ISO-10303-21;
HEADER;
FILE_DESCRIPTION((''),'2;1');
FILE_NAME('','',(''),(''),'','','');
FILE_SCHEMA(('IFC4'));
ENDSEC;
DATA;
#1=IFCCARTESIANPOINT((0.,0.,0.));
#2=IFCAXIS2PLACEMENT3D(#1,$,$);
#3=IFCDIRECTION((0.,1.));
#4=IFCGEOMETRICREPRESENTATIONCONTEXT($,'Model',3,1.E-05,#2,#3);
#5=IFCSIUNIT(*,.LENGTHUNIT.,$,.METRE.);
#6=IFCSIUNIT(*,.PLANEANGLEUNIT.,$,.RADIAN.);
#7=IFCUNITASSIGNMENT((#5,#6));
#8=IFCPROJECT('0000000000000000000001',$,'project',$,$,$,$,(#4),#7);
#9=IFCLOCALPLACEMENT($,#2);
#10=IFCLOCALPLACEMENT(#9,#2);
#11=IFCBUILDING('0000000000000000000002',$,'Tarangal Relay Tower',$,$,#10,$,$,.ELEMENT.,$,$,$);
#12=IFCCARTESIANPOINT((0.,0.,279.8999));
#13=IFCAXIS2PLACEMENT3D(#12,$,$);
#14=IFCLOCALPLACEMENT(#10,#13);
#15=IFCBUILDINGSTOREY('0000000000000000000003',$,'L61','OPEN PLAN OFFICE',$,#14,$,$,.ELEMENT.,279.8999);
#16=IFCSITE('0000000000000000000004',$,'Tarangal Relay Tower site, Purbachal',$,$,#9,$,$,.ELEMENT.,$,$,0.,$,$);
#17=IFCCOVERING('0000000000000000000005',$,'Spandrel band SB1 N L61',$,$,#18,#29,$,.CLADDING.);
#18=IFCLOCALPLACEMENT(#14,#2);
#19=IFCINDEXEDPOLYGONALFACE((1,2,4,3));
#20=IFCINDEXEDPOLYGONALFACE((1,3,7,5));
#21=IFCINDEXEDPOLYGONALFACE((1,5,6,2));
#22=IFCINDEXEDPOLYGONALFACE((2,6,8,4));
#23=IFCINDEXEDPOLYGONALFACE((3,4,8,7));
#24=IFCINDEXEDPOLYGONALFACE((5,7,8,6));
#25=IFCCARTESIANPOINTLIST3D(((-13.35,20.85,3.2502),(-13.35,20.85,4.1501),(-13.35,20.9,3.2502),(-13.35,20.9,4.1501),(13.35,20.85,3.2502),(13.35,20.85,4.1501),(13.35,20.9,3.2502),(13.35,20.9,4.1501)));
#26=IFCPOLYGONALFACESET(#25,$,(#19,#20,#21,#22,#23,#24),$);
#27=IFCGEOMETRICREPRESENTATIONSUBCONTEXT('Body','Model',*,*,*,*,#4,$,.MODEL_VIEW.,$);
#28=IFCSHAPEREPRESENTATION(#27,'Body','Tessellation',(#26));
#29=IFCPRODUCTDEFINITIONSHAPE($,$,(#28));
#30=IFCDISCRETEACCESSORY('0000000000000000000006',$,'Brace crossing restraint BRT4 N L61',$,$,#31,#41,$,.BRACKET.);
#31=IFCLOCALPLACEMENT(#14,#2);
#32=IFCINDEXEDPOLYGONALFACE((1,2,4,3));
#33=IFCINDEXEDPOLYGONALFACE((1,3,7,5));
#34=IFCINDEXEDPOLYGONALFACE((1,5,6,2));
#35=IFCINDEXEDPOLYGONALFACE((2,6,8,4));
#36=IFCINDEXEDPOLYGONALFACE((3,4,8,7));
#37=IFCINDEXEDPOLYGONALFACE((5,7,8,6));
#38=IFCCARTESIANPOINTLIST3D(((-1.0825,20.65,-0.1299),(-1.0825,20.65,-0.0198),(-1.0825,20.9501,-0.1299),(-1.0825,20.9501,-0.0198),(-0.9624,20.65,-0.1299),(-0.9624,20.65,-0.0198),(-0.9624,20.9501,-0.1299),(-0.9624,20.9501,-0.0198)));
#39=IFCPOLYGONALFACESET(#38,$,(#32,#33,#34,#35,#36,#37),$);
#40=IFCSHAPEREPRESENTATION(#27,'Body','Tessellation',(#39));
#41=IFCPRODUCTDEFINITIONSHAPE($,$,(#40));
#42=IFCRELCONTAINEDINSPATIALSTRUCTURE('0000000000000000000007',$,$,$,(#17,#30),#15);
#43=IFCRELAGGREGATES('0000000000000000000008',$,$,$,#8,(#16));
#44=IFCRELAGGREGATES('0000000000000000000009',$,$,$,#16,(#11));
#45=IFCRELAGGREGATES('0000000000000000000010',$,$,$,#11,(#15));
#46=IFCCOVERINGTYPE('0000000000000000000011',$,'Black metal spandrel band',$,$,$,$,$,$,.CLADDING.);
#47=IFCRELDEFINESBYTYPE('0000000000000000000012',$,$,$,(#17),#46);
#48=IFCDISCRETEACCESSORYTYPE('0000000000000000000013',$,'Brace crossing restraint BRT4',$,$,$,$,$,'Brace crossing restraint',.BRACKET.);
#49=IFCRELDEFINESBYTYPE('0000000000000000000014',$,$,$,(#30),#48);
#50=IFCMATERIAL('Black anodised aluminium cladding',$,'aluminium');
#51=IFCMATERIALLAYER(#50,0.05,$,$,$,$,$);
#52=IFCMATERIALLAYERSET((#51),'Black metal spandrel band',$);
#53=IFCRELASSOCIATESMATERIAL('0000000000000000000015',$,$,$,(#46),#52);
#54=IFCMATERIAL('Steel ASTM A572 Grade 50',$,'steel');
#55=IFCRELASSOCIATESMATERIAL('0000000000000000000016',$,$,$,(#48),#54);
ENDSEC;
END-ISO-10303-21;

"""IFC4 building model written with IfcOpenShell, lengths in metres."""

from ifc_helpers import new_model, si_unit, direction, frame, origin, origin_2d, place, context, subcontext, project, spatial, rectangle, extrude, material, layer, layer_set, type_object, element, save


model = new_model("IFC4")

# Units and contexts
model_context = context("Model", 3, precision=1e-05, world=origin(), true_north=direction((0.0, 1.0)))
body_context = subcontext(model_context, "Body", "Model", "MODEL_VIEW")
ifc_project = project(units=[si_unit("LENGTHUNIT", "METRE"), si_unit("PLANEANGLEUNIT", "RADIAN")], contexts=[model_context])

# Site, building, storey
site_placement = place(None, origin())
site = spatial("IfcSite", under=ifc_project, at=site_placement, Name="Tarangal Relay Tower site, Purbachal", CompositionType="ELEMENT", RefElevation=0.0)
building_placement = place(site_placement, origin())
building = spatial("IfcBuilding", under=site, at=building_placement, Name="Tarangal Relay Tower", CompositionType="ELEMENT")
storey_placement = place(building_placement, frame((0.0, 0.0, 279.8999)))
storey = spatial("IfcBuildingStorey", under=building, at=storey_placement, Name="L61", Description="OPEN PLAN OFFICE", CompositionType="ELEMENT", Elevation=279.8999)

# Shared definitions
ifc_material_1 = material(Name="Steel ASTM A572 Grade 50", Category="steel")

# Covering
ifc_material_2 = material(Name="Black anodised aluminium cladding", Category="aluminium")
ifc_layer_1 = layer(ifc_material_2, 0.05)
ifc_layer_set_1 = layer_set([ifc_layer_1], Name="Black metal spandrel band")
covering_type = type_object("IfcCoveringType", Name="Black metal spandrel band", PredefinedType="CLADDING", material=ifc_layer_set_1)
covering_placement = place(storey_placement, frame((0.0, 20.875, 3.2502), z_axis=(0.0, 0.0, 1.0), x_axis=(1.0, 0.0, 0.0)))
element("IfcCovering", 1, at=covering_placement, inside=storey, type_object=covering_type, Name="Spandrel band SB1 N L61", PredefinedType="CLADDING", context=body_context, shape_type="SweptSolid", body=[
    extrude(rectangle(XDim=26.7, YDim=0.05, at=origin_2d()), origin(), (0.0, 0.0, 1.0), 0.8999),
])

# Discrete accessory
discrete_accessory_type = type_object("IfcDiscreteAccessoryType", Name="Brace crossing restraint BRT4", ElementType="Brace crossing restraint", PredefinedType="BRACKET", material=ifc_material_1)
discrete_accessory_placement = place(storey_placement, frame((-1.0225, 20.8, -0.1299), z_axis=(0.0, 0.0, 1.0), x_axis=(1.0, 0.0, 0.0)))
element("IfcDiscreteAccessory", 2, at=discrete_accessory_placement, inside=storey, type_object=discrete_accessory_type, Name="Brace crossing restraint BRT4 N L61", PredefinedType="BRACKET", context=body_context, shape_type="SweptSolid", body=[
    extrude(rectangle(XDim=0.1201, YDim=0.3, at=origin_2d()), origin(), (0.0, 0.0, 1.0), 0.1101),
])

save(model, "model.ifc")
